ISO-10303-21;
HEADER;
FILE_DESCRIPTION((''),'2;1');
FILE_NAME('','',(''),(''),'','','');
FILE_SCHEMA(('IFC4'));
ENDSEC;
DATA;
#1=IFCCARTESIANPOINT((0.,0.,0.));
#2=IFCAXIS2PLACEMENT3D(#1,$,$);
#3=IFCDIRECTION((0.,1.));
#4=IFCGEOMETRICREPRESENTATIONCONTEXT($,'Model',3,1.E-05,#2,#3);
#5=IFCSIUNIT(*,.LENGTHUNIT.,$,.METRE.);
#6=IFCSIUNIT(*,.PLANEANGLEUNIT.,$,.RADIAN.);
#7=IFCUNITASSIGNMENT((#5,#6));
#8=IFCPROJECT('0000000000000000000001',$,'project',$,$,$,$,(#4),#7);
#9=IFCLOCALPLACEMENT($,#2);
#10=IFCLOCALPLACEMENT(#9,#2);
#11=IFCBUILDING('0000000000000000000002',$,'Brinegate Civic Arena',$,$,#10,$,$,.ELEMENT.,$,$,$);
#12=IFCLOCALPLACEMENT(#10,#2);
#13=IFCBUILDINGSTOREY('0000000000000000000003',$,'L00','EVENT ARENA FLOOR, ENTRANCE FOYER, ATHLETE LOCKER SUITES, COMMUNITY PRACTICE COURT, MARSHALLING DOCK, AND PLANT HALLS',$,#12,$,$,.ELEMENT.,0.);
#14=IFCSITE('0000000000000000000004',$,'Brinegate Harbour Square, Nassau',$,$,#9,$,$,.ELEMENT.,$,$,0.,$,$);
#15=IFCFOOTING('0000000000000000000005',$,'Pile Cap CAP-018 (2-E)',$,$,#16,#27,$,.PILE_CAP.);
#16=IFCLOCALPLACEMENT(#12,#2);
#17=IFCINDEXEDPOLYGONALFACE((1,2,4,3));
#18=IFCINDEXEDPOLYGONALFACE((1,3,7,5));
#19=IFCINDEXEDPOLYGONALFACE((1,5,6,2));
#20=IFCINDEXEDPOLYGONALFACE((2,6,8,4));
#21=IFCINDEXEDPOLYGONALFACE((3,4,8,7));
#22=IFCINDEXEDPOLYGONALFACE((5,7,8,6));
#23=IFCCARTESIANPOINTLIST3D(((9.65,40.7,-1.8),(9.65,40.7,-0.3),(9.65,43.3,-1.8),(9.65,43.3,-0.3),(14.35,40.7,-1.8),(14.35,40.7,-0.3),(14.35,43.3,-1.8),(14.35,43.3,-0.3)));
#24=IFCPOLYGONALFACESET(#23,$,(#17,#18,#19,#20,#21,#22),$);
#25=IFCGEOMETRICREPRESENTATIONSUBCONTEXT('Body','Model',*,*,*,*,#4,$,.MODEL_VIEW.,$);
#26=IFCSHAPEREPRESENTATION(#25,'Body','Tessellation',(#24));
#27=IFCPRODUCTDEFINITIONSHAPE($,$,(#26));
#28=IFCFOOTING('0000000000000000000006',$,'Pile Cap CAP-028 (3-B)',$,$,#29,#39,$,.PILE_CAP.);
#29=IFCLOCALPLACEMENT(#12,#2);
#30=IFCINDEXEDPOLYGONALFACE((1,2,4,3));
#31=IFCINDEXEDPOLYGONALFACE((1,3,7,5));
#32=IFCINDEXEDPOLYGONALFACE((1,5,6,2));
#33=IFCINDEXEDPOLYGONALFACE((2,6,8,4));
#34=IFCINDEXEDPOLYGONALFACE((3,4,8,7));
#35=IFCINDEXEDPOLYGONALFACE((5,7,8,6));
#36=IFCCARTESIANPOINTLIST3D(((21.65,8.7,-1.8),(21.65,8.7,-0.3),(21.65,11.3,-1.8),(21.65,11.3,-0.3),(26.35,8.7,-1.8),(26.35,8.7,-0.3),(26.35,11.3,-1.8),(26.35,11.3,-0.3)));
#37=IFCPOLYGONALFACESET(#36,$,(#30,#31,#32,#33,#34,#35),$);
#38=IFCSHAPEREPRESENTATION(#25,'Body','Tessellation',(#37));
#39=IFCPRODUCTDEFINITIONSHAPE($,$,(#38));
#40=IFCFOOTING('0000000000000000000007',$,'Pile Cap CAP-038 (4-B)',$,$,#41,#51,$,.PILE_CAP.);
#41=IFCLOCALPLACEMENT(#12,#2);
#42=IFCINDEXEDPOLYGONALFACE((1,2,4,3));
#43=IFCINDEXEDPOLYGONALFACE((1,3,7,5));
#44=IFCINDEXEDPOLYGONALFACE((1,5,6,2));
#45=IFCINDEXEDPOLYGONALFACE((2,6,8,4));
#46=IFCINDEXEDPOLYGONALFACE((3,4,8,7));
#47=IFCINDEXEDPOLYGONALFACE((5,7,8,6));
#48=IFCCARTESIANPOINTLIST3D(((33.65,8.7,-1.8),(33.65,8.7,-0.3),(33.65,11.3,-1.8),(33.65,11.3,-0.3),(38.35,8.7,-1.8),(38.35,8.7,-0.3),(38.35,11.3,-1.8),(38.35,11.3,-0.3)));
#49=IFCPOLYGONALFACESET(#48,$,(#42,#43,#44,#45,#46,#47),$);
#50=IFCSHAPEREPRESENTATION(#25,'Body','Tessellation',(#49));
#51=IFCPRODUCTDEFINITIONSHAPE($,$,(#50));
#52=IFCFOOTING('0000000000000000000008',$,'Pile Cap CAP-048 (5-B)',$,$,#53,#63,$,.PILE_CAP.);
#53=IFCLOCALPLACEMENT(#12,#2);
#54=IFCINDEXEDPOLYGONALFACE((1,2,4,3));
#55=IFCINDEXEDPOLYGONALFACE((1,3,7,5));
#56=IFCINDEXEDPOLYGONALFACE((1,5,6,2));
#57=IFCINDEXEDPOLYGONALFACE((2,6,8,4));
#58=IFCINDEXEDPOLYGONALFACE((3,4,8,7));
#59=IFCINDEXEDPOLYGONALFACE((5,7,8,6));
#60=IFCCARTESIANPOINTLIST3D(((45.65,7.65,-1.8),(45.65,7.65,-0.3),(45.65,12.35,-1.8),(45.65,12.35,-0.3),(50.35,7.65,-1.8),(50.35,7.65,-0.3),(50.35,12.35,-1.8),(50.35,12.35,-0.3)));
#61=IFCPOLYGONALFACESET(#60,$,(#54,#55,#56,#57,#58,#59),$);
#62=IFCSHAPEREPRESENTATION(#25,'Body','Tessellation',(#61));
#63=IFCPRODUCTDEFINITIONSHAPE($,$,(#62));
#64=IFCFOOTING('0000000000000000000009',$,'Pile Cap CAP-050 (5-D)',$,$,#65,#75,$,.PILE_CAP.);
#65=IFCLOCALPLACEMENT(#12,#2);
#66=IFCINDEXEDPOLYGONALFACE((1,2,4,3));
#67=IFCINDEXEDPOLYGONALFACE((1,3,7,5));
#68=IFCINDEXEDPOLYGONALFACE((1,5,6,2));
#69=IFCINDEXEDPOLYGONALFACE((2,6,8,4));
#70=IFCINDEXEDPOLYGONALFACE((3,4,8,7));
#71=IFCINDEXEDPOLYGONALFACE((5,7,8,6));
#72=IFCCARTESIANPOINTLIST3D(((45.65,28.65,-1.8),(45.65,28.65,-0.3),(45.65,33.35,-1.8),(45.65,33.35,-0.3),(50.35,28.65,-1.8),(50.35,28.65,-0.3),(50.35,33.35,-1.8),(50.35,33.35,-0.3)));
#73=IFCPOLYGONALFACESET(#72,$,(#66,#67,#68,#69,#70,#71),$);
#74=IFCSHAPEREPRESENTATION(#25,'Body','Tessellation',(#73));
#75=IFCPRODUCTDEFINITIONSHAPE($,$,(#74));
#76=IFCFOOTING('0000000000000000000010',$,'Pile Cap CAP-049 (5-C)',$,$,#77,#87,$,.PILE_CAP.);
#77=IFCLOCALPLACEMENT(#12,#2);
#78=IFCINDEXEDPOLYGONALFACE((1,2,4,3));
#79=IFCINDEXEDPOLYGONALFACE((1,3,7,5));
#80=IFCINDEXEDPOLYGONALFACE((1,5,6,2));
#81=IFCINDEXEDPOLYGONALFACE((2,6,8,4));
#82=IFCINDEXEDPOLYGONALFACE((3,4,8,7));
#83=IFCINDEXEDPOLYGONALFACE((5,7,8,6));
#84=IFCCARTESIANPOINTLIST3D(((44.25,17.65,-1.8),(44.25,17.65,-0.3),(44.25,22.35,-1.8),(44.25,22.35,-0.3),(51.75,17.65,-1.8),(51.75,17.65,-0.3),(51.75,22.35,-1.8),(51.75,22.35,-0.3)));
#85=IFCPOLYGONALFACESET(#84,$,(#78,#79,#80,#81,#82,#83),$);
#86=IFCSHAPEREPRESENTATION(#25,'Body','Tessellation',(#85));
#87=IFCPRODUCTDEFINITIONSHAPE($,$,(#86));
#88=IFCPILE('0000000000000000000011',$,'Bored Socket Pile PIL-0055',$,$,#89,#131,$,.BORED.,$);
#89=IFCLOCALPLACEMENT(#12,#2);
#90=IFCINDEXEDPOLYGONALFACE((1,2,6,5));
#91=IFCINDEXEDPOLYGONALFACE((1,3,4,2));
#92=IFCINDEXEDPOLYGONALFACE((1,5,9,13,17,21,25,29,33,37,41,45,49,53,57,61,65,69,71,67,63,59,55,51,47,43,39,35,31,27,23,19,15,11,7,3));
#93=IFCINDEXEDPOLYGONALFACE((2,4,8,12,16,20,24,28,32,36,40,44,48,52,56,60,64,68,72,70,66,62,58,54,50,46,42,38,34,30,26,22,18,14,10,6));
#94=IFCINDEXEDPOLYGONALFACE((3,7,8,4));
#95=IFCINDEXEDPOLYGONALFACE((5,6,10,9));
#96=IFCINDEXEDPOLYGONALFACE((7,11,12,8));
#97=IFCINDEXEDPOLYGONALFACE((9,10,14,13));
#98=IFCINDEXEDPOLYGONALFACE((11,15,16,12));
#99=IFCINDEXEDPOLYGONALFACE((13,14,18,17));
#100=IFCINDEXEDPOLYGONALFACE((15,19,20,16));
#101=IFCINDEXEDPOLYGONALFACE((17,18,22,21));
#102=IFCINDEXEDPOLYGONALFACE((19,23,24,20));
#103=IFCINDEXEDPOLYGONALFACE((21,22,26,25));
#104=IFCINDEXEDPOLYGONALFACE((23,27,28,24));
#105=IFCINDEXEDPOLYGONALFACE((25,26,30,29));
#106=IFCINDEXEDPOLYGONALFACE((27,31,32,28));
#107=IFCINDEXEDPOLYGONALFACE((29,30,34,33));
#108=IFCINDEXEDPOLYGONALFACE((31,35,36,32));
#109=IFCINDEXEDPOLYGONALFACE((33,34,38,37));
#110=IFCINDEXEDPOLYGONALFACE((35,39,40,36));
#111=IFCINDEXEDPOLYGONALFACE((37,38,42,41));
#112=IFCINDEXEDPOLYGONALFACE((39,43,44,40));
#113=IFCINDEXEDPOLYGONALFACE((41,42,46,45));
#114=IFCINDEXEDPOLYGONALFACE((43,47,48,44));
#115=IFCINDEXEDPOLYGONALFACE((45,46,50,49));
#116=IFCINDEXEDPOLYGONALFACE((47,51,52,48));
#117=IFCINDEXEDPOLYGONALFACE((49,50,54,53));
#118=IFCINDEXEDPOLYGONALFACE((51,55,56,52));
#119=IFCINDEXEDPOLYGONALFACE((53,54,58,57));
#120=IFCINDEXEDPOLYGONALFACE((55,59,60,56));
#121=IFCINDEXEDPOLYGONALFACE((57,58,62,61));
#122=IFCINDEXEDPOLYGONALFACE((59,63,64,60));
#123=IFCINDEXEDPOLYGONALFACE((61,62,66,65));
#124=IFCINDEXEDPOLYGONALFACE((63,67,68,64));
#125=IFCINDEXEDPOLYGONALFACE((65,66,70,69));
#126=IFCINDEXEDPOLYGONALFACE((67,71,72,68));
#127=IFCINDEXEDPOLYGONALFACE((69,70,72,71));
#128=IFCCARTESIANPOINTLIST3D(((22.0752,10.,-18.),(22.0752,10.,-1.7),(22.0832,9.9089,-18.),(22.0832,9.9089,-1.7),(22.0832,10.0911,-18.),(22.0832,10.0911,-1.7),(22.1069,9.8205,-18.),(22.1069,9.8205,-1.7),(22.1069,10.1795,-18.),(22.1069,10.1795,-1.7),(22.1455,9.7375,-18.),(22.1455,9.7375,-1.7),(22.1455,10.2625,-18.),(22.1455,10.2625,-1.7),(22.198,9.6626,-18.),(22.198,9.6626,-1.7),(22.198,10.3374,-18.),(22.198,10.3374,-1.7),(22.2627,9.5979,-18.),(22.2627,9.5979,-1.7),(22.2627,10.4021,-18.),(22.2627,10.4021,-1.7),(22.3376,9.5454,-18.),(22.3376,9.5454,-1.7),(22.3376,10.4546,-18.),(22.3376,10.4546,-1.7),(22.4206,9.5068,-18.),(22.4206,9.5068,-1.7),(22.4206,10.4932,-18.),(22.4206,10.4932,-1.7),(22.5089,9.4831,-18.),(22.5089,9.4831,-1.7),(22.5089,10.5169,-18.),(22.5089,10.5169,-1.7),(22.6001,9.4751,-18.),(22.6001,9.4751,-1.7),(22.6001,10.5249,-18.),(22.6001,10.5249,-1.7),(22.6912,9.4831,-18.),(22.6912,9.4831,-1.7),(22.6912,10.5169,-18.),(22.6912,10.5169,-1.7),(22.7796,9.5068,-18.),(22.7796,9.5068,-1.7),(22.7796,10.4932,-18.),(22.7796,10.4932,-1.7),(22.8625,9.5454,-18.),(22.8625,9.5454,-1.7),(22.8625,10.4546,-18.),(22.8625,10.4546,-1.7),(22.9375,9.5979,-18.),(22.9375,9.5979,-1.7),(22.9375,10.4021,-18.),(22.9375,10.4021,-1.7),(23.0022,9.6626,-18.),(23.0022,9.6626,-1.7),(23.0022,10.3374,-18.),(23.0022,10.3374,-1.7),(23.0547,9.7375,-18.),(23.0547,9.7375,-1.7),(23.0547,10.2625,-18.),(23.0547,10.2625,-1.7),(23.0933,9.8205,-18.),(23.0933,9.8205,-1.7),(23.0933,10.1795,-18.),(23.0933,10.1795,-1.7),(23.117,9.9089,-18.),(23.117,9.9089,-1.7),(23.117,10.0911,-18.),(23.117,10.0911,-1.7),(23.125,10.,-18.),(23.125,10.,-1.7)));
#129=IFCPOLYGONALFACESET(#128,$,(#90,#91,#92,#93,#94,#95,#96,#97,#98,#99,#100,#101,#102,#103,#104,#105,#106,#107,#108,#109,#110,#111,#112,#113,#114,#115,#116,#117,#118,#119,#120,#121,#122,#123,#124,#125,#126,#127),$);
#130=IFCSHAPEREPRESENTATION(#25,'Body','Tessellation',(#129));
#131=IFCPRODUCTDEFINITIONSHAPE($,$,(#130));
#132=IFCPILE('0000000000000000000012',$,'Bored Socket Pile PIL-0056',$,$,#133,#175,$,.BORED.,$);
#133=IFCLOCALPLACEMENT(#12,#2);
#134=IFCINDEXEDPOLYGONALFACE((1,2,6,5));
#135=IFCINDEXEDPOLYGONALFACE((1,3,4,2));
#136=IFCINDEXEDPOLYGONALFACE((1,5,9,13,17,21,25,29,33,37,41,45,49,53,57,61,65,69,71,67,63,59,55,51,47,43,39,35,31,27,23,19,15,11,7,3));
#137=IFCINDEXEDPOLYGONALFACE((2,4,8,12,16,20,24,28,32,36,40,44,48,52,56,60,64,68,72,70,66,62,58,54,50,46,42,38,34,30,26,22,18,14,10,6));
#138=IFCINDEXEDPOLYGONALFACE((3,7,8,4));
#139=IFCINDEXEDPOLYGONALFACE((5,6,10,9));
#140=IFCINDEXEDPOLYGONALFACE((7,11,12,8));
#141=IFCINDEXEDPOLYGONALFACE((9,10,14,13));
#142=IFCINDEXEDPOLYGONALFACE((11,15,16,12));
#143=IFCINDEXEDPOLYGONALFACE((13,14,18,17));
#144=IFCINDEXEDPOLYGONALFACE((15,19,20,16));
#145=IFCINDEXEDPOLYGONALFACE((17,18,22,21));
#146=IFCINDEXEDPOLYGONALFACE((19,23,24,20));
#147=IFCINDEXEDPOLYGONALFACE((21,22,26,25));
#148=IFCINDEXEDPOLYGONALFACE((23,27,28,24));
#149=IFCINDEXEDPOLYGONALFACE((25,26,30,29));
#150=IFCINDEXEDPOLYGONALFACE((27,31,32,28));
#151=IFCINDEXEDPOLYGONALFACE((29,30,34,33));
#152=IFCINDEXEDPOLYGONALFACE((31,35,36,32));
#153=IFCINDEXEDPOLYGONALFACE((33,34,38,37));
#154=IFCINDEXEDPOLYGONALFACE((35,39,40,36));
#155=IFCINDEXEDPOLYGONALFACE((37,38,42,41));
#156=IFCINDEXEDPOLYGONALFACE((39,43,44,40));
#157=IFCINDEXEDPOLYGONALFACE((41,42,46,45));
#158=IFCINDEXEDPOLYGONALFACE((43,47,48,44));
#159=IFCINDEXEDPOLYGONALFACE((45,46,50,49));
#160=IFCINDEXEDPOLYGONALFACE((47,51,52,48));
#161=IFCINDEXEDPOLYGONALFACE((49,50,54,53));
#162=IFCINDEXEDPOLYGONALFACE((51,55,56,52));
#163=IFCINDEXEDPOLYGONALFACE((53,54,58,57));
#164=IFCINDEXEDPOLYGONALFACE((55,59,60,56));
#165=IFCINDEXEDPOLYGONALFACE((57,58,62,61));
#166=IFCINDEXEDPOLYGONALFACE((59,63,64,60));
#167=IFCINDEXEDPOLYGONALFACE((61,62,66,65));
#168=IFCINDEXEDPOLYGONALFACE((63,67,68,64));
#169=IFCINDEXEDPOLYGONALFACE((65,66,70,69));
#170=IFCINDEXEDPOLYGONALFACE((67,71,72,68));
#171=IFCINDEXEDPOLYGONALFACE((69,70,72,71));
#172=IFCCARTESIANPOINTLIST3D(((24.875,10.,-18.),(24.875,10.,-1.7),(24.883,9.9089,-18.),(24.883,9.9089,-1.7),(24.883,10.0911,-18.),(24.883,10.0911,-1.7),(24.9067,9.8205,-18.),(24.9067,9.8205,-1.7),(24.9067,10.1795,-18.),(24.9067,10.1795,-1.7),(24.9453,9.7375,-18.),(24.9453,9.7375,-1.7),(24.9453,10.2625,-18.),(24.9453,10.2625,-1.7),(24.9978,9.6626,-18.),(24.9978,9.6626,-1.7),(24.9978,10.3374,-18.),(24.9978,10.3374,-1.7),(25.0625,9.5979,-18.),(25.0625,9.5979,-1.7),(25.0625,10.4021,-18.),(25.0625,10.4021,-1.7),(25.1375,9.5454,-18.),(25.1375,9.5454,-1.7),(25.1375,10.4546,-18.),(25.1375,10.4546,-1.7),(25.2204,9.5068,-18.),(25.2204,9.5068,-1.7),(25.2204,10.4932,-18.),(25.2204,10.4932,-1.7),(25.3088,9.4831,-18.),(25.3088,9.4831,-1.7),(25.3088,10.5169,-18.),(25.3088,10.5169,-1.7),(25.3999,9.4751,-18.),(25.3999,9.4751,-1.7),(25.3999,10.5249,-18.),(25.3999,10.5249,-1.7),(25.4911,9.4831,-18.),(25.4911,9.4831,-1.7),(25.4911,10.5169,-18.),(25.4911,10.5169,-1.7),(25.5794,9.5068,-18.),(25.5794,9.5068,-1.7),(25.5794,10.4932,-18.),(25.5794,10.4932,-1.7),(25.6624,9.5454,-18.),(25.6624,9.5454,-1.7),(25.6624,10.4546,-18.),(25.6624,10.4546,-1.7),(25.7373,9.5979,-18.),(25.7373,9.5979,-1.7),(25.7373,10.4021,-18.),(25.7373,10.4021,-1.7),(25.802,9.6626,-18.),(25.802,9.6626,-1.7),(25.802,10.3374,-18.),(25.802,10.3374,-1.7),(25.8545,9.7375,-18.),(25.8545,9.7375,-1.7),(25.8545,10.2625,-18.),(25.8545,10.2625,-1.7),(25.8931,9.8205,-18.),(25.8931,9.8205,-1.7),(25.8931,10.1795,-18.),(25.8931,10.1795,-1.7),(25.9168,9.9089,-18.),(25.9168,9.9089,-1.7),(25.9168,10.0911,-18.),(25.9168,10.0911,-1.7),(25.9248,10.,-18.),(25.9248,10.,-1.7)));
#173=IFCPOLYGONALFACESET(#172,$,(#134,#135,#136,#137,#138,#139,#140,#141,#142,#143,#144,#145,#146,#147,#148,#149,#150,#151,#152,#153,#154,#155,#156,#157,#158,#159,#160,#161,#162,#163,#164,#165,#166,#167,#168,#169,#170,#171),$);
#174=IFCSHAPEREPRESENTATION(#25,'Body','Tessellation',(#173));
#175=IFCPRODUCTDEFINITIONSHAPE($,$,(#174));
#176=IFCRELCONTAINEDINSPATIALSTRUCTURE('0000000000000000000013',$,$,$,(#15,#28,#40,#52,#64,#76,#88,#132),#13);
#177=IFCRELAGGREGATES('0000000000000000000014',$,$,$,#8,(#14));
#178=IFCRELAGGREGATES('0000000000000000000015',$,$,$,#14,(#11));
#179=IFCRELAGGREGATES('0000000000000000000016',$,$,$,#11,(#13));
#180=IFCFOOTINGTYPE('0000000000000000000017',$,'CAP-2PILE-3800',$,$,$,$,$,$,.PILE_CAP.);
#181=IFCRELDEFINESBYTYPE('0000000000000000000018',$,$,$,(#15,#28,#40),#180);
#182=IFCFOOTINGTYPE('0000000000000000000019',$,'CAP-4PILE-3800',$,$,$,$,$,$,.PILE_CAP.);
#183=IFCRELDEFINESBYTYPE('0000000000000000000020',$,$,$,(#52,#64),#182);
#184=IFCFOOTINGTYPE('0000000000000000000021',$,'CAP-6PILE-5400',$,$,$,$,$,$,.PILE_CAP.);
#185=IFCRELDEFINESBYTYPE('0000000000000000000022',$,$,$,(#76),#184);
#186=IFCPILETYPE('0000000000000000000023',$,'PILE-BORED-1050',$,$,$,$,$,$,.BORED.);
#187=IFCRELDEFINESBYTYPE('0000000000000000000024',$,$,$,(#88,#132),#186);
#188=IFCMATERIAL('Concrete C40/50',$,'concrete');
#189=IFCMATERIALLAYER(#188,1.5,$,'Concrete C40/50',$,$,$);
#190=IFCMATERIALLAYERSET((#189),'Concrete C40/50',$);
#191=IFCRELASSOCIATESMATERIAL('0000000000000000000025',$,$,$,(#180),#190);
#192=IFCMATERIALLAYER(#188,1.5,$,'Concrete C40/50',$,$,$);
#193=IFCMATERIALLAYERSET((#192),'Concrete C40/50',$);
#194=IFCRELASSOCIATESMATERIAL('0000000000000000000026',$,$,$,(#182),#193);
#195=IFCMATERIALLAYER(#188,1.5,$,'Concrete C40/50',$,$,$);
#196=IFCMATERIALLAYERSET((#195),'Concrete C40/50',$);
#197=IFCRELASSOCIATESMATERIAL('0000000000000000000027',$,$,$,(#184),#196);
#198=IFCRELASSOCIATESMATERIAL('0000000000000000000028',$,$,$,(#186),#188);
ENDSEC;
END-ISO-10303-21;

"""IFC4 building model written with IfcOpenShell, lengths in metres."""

from ifc_helpers import new_model, si_unit, direction, frame, origin, origin_2d, place, context, subcontext, project, spatial, rectangle, circle, extrude, material, layer, layer_set, material_profile, profile_set, type_object, element, save


model = new_model("IFC4")

# Units and contexts
model_context = context("Model", 3, precision=1e-05, world=origin(), true_north=direction((0.0, 1.0)))
body_context = subcontext(model_context, "Body", "Model", "MODEL_VIEW")
ifc_project = project(units=[si_unit("LENGTHUNIT", "METRE"), si_unit("PLANEANGLEUNIT", "RADIAN")], contexts=[model_context])

# Site, building, storey
site_placement = place(None, origin())
site = spatial("IfcSite", under=ifc_project, at=site_placement, Name="Brinegate Harbour Square, Nassau", CompositionType="ELEMENT", RefElevation=0.0)
building_placement = place(site_placement, origin())
building = spatial("IfcBuilding", under=site, at=building_placement, Name="Brinegate Civic Arena", CompositionType="ELEMENT")
storey_placement = place(building_placement, origin())
storey = spatial("IfcBuildingStorey", under=building, at=storey_placement, Name="L00", Description="EVENT ARENA FLOOR, ENTRANCE FOYER, ATHLETE LOCKER SUITES, COMMUNITY PRACTICE COURT, MARSHALLING DOCK, AND PLANT HALLS", CompositionType="ELEMENT", Elevation=0.0)

# Footings
ifc_material_1 = material(Name="Concrete C40/50", Category="concrete")
ifc_layer_1 = layer(ifc_material_1, 1.5, Name="Concrete C40/50")
ifc_layer_set_1 = layer_set([ifc_layer_1], Name="Concrete C40/50")
footing_type_1 = type_object("IfcFootingType", Name="CAP-2PILE-3800", PredefinedType="PILE_CAP", material=ifc_layer_set_1)
for number, where, z_axis, x_axis, name in (
    (1, (12.0, 42.0, -1.8), (0.0, 0.0, 1.0), (1.0, 0.0, 0.0), "Pile Cap CAP-018 (2-E)"),
    (2, (24.0, 10.0, -1.8), (0.0, 0.0, 1.0), (1.0, 0.0, 0.0), "Pile Cap CAP-028 (3-B)"),
    (3, (36.0, 10.0, -1.8), (0.0, 0.0, 1.0), (1.0, 0.0, 0.0), "Pile Cap CAP-038 (4-B)"),
):
    element("IfcFooting", number, at=place(storey_placement, frame(where, z_axis=z_axis, x_axis=x_axis)), inside=storey, type_object=footing_type_1, Name=name, PredefinedType="PILE_CAP", context=body_context, shape_type="SweptSolid", body=[
        extrude(rectangle(XDim=4.7, YDim=2.6001, at=origin_2d()), origin(), (0.0, 0.0, 1.0), 1.5),
    ])
ifc_layer_2 = layer(ifc_material_1, 1.5, Name="Concrete C40/50")
ifc_layer_set_2 = layer_set([ifc_layer_2], Name="Concrete C40/50")
footing_type_2 = type_object("IfcFootingType", Name="CAP-4PILE-3800", PredefinedType="PILE_CAP", material=ifc_layer_set_2)
for number, where, z_axis, x_axis, name in (
    (4, (48.0, 10.0, -1.8), (0.0, 0.0, 1.0), (1.0, 0.0, 0.0), "Pile Cap CAP-048 (5-B)"),
    (5, (48.0, 31.0, -1.8), (0.0, 0.0, 1.0), (1.0, 0.0, 0.0), "Pile Cap CAP-050 (5-D)"),
):
    element("IfcFooting", number, at=place(storey_placement, frame(where, z_axis=z_axis, x_axis=x_axis)), inside=storey, type_object=footing_type_2, Name=name, PredefinedType="PILE_CAP", context=body_context, shape_type="SweptSolid", body=[
        extrude(rectangle(XDim=4.7, YDim=4.7, at=origin_2d()), origin(), (0.0, 0.0, 1.0), 1.5),
    ])
ifc_layer_3 = layer(ifc_material_1, 1.5, Name="Concrete C40/50")
ifc_layer_set_3 = layer_set([ifc_layer_3], Name="Concrete C40/50")
footing_type_3 = type_object("IfcFootingType", Name="CAP-6PILE-5400", PredefinedType="PILE_CAP", material=ifc_layer_set_3)
footing_1_placement = place(storey_placement, frame((48.0, 20.0, -1.8), z_axis=(0.0, 0.0, 1.0), x_axis=(1.0, 0.0, 0.0)))
element("IfcFooting", 6, at=footing_1_placement, inside=storey, type_object=footing_type_3, Name="Pile Cap CAP-049 (5-C)", PredefinedType="PILE_CAP", context=body_context, shape_type="SweptSolid", body=[
    extrude(rectangle(XDim=7.5, YDim=4.7, at=origin_2d()), origin(), (0.0, 0.0, 1.0), 1.5),
])

# Piles
ifc_material_profile_1 = material_profile(ifc_material_1, circle(Radius=0.5249, at=origin_2d()), Name="PILED1050")
ifc_profile_set_1 = profile_set([ifc_material_profile_1], Name="Concrete C40/50")
pile_type_1 = type_object("IfcPileType", Name="PILE-BORED-1050", PredefinedType="BORED", material=ifc_profile_set_1)
for number, where, z_axis, x_axis, name in (
    (7, (22.6001, 10.0, -1.7), (0.0, 0.0, -1.0), (1.0, 0.0, 0.0), "Bored Socket Pile PIL-0055"),
    (8, (25.3999, 10.0, -1.7), (0.0, 0.0, -1.0), (1.0, 0.0, 0.0), "Bored Socket Pile PIL-0056"),
):
    element("IfcPile", number, at=place(storey_placement, frame(where, z_axis=z_axis, x_axis=x_axis)), inside=storey, type_object=pile_type_1, Name=name, PredefinedType="BORED", context=body_context, shape_type="SweptSolid", body=[
        extrude(circle(Radius=0.5249, at=origin_2d()), origin(), (0.0, 0.0, 1.0), 16.3),
    ])

save(model, "model.ifc")
